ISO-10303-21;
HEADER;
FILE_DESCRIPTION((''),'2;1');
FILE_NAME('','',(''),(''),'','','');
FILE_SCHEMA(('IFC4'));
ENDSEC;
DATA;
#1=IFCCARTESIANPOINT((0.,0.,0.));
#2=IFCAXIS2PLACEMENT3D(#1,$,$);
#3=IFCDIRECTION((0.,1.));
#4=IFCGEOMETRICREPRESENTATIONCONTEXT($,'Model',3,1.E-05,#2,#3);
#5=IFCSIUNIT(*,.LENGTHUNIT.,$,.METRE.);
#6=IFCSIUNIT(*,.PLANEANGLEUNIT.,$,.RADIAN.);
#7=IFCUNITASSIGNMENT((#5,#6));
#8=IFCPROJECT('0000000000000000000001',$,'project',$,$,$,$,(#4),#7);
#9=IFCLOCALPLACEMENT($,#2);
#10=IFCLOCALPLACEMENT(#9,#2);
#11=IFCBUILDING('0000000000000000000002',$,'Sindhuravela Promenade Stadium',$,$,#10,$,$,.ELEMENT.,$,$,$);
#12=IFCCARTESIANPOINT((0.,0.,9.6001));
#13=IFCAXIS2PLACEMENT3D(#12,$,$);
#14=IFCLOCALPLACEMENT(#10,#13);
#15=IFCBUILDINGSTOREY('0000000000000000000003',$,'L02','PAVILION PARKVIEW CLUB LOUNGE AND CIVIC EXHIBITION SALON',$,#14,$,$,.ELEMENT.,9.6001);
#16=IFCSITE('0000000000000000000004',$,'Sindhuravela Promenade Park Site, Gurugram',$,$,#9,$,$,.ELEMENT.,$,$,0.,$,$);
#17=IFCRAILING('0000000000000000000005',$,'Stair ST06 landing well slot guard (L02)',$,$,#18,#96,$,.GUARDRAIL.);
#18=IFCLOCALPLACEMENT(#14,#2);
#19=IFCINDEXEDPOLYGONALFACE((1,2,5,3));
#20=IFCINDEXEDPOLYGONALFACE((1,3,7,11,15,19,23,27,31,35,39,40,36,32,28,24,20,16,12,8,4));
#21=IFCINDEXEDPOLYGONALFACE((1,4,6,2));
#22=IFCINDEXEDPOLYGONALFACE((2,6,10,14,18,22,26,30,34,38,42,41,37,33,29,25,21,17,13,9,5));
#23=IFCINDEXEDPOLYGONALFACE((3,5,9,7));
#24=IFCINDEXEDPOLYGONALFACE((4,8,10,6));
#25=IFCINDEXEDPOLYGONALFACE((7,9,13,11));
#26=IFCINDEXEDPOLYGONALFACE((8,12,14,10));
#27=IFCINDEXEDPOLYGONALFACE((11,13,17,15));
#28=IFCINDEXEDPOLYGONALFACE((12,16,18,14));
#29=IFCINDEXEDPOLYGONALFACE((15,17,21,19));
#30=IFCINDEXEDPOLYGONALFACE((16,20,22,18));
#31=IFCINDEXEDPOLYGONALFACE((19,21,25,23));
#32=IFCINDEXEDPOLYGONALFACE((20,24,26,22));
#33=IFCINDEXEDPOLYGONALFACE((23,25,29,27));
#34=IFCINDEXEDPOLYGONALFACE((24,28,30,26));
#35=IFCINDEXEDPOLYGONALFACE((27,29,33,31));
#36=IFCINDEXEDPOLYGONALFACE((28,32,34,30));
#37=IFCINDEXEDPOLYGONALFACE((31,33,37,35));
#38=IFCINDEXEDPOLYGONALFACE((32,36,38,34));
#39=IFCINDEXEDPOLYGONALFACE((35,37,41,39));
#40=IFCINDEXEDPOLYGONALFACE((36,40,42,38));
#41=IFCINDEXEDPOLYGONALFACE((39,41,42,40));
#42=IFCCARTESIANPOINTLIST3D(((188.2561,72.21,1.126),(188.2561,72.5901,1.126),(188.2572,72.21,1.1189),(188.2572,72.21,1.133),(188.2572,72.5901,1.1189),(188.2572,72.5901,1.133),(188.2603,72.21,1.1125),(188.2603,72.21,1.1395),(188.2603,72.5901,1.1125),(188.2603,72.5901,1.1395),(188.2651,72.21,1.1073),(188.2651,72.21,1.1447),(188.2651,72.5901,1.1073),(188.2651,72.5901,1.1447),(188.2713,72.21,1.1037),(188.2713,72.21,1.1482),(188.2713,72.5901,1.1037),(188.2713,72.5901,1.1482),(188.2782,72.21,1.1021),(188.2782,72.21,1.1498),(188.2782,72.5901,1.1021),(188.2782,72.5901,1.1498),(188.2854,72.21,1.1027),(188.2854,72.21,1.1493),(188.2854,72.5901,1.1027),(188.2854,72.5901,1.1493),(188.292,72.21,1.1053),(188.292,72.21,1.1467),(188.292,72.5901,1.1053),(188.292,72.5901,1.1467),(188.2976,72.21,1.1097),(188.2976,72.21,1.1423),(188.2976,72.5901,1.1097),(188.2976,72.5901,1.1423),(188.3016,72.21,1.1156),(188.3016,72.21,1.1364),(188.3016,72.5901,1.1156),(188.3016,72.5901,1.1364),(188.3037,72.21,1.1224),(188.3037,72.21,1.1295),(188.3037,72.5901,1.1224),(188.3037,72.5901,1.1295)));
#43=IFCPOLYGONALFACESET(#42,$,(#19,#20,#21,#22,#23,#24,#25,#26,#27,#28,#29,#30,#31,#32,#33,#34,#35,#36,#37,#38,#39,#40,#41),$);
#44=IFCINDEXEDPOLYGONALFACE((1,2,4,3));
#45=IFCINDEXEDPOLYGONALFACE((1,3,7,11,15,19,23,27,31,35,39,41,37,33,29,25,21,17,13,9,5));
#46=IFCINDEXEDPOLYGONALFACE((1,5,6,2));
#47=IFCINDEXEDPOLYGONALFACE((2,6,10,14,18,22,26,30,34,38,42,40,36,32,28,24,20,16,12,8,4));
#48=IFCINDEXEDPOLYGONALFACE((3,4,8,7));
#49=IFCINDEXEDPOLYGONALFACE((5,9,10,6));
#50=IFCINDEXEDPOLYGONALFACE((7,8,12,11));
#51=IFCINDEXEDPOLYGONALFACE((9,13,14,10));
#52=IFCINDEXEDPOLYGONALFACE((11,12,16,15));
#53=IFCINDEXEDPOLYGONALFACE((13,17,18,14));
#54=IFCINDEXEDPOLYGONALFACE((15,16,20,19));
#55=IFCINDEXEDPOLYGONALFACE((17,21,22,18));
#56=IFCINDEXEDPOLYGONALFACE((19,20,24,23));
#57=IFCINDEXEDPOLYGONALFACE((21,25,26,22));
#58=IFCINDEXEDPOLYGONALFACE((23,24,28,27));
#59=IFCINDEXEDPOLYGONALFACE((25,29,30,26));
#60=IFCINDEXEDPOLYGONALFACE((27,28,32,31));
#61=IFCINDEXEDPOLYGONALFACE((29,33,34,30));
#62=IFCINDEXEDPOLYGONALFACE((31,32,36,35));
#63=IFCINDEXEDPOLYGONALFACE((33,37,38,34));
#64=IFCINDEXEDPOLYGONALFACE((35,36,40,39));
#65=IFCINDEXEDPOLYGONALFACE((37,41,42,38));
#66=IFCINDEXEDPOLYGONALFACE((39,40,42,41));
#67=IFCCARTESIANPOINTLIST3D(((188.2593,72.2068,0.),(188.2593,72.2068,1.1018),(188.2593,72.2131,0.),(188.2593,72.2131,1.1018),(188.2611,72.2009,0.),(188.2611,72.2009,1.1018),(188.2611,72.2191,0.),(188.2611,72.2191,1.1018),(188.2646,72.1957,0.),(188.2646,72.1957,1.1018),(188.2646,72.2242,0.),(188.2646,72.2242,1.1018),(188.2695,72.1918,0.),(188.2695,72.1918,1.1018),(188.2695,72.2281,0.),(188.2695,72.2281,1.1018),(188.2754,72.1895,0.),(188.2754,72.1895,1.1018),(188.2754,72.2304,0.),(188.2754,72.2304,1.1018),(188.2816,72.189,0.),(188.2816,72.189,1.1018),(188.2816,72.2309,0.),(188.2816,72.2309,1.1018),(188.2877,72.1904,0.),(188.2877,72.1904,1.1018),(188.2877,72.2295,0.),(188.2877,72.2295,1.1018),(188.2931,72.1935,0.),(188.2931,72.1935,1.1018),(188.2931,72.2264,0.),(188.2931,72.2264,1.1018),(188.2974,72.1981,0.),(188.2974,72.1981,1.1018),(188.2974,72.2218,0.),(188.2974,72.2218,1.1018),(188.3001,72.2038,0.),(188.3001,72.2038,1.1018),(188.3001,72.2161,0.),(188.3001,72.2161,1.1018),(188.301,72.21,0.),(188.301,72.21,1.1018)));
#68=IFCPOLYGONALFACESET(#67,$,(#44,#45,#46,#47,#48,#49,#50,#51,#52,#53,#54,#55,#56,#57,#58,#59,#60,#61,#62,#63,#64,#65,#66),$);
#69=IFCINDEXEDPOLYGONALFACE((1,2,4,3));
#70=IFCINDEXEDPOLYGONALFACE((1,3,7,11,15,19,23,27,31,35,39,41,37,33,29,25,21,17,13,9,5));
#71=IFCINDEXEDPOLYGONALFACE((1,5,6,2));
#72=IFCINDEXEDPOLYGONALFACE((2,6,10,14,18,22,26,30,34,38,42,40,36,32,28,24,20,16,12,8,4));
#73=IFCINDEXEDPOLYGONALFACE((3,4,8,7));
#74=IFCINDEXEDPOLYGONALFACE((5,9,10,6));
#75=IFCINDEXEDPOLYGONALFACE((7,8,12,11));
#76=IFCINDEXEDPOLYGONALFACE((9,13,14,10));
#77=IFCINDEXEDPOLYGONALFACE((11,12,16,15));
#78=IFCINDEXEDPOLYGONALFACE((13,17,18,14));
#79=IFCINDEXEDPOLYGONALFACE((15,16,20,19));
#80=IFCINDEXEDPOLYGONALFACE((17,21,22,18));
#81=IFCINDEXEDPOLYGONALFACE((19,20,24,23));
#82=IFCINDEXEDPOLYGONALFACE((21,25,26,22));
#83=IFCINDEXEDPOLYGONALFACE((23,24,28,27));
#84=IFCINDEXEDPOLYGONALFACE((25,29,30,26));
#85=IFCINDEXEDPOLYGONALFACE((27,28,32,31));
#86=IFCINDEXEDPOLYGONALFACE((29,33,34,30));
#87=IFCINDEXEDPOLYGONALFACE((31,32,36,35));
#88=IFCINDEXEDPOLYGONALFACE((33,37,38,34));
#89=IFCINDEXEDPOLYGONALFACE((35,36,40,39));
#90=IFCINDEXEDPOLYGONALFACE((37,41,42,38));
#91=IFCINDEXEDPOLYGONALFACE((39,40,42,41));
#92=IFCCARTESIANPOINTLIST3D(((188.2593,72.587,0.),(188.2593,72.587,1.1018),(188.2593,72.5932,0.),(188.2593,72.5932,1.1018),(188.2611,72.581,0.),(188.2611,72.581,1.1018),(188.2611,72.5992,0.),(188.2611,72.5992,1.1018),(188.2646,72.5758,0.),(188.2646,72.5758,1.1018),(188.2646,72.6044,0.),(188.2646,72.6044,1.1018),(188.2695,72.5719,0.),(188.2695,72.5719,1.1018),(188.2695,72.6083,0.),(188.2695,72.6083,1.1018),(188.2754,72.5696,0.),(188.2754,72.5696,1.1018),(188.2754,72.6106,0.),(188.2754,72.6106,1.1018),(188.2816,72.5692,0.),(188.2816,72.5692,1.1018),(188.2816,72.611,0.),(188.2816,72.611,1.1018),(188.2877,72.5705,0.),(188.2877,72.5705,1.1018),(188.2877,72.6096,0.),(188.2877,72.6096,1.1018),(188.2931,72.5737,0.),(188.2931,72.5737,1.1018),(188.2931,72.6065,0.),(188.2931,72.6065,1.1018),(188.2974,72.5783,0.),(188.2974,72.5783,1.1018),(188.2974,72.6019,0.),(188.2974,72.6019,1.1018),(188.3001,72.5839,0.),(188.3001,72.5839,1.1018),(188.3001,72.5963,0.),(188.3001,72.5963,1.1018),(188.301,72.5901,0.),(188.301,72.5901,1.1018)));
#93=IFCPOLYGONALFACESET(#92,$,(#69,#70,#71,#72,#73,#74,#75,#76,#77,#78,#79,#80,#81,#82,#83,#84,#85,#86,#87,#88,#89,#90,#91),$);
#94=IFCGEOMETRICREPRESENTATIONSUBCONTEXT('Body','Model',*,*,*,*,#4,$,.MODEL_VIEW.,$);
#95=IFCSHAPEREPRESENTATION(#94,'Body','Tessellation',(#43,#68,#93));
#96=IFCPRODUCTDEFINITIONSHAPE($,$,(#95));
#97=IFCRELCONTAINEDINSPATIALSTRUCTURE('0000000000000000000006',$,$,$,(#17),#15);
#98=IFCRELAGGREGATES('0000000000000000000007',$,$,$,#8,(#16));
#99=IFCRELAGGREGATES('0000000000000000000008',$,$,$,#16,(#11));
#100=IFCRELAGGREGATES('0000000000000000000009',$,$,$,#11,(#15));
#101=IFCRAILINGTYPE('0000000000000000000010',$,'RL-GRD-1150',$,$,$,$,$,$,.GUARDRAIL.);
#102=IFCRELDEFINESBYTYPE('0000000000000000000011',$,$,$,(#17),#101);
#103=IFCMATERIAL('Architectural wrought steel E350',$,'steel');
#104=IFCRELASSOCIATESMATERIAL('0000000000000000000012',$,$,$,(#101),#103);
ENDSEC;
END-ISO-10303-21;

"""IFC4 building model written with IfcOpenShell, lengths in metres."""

from ifc_helpers import new_model, si_unit, direction, frame, origin, origin_2d, place, context, subcontext, project, spatial, circle, extrude, material, type_object, element, save


model = new_model("IFC4")

# Units and contexts
model_context = context("Model", 3, precision=1e-05, world=origin(), true_north=direction((0.0, 1.0)))
body_context = subcontext(model_context, "Body", "Model", "MODEL_VIEW")
ifc_project = project(units=[si_unit("LENGTHUNIT", "METRE"), si_unit("PLANEANGLEUNIT", "RADIAN")], contexts=[model_context])

# Site, building, storey
site_placement = place(None, origin())
site = spatial("IfcSite", under=ifc_project, at=site_placement, Name="Sindhuravela Promenade Park Site, Gurugram", CompositionType="ELEMENT", RefElevation=0.0)
building_placement = place(site_placement, origin())
building = spatial("IfcBuilding", under=site, at=building_placement, Name="Sindhuravela Promenade Stadium", CompositionType="ELEMENT")
storey_placement = place(building_placement, frame((0.0, 0.0, 9.6001)))
storey = spatial("IfcBuildingStorey", under=building, at=storey_placement, Name="L02", Description="PAVILION PARKVIEW CLUB LOUNGE AND CIVIC EXHIBITION SALON", CompositionType="ELEMENT", Elevation=9.6001)

# Railing
ifc_material_1 = material(Name="Architectural wrought steel E350", Category="steel")
railing_type_1 = type_object("IfcRailingType", Name="RL-GRD-1150", PredefinedType="GUARDRAIL", material=ifc_material_1)
railing_1_placement = place(storey_placement, frame((188.28, 72.21, 0.0)))
element("IfcRailing", 1, at=railing_1_placement, inside=storey, type_object=railing_type_1, Name="Stair ST06 landing well slot guard (L02)", PredefinedType="GUARDRAIL", context=body_context, shape_type="SweptSolid", body=[
    extrude(circle(Radius=0.0239, at=origin_2d()), frame((0.0, 0.0, 1.126), z_axis=(0.0, 1.0, 0.0), x_axis=(-1.0, 0.0, 0.0)), (0.0, 0.0, 1.0), 0.3801),
    extrude(circle(Radius=0.021, at=origin_2d()), origin(), (0.0, 0.0, 1.0), 1.1018),
    extrude(circle(Radius=0.021, at=origin_2d()), frame((0.0, 0.3801, 0.0)), (0.0, 0.0, 1.0), 1.1018),
])

save(model, "model.ifc")
